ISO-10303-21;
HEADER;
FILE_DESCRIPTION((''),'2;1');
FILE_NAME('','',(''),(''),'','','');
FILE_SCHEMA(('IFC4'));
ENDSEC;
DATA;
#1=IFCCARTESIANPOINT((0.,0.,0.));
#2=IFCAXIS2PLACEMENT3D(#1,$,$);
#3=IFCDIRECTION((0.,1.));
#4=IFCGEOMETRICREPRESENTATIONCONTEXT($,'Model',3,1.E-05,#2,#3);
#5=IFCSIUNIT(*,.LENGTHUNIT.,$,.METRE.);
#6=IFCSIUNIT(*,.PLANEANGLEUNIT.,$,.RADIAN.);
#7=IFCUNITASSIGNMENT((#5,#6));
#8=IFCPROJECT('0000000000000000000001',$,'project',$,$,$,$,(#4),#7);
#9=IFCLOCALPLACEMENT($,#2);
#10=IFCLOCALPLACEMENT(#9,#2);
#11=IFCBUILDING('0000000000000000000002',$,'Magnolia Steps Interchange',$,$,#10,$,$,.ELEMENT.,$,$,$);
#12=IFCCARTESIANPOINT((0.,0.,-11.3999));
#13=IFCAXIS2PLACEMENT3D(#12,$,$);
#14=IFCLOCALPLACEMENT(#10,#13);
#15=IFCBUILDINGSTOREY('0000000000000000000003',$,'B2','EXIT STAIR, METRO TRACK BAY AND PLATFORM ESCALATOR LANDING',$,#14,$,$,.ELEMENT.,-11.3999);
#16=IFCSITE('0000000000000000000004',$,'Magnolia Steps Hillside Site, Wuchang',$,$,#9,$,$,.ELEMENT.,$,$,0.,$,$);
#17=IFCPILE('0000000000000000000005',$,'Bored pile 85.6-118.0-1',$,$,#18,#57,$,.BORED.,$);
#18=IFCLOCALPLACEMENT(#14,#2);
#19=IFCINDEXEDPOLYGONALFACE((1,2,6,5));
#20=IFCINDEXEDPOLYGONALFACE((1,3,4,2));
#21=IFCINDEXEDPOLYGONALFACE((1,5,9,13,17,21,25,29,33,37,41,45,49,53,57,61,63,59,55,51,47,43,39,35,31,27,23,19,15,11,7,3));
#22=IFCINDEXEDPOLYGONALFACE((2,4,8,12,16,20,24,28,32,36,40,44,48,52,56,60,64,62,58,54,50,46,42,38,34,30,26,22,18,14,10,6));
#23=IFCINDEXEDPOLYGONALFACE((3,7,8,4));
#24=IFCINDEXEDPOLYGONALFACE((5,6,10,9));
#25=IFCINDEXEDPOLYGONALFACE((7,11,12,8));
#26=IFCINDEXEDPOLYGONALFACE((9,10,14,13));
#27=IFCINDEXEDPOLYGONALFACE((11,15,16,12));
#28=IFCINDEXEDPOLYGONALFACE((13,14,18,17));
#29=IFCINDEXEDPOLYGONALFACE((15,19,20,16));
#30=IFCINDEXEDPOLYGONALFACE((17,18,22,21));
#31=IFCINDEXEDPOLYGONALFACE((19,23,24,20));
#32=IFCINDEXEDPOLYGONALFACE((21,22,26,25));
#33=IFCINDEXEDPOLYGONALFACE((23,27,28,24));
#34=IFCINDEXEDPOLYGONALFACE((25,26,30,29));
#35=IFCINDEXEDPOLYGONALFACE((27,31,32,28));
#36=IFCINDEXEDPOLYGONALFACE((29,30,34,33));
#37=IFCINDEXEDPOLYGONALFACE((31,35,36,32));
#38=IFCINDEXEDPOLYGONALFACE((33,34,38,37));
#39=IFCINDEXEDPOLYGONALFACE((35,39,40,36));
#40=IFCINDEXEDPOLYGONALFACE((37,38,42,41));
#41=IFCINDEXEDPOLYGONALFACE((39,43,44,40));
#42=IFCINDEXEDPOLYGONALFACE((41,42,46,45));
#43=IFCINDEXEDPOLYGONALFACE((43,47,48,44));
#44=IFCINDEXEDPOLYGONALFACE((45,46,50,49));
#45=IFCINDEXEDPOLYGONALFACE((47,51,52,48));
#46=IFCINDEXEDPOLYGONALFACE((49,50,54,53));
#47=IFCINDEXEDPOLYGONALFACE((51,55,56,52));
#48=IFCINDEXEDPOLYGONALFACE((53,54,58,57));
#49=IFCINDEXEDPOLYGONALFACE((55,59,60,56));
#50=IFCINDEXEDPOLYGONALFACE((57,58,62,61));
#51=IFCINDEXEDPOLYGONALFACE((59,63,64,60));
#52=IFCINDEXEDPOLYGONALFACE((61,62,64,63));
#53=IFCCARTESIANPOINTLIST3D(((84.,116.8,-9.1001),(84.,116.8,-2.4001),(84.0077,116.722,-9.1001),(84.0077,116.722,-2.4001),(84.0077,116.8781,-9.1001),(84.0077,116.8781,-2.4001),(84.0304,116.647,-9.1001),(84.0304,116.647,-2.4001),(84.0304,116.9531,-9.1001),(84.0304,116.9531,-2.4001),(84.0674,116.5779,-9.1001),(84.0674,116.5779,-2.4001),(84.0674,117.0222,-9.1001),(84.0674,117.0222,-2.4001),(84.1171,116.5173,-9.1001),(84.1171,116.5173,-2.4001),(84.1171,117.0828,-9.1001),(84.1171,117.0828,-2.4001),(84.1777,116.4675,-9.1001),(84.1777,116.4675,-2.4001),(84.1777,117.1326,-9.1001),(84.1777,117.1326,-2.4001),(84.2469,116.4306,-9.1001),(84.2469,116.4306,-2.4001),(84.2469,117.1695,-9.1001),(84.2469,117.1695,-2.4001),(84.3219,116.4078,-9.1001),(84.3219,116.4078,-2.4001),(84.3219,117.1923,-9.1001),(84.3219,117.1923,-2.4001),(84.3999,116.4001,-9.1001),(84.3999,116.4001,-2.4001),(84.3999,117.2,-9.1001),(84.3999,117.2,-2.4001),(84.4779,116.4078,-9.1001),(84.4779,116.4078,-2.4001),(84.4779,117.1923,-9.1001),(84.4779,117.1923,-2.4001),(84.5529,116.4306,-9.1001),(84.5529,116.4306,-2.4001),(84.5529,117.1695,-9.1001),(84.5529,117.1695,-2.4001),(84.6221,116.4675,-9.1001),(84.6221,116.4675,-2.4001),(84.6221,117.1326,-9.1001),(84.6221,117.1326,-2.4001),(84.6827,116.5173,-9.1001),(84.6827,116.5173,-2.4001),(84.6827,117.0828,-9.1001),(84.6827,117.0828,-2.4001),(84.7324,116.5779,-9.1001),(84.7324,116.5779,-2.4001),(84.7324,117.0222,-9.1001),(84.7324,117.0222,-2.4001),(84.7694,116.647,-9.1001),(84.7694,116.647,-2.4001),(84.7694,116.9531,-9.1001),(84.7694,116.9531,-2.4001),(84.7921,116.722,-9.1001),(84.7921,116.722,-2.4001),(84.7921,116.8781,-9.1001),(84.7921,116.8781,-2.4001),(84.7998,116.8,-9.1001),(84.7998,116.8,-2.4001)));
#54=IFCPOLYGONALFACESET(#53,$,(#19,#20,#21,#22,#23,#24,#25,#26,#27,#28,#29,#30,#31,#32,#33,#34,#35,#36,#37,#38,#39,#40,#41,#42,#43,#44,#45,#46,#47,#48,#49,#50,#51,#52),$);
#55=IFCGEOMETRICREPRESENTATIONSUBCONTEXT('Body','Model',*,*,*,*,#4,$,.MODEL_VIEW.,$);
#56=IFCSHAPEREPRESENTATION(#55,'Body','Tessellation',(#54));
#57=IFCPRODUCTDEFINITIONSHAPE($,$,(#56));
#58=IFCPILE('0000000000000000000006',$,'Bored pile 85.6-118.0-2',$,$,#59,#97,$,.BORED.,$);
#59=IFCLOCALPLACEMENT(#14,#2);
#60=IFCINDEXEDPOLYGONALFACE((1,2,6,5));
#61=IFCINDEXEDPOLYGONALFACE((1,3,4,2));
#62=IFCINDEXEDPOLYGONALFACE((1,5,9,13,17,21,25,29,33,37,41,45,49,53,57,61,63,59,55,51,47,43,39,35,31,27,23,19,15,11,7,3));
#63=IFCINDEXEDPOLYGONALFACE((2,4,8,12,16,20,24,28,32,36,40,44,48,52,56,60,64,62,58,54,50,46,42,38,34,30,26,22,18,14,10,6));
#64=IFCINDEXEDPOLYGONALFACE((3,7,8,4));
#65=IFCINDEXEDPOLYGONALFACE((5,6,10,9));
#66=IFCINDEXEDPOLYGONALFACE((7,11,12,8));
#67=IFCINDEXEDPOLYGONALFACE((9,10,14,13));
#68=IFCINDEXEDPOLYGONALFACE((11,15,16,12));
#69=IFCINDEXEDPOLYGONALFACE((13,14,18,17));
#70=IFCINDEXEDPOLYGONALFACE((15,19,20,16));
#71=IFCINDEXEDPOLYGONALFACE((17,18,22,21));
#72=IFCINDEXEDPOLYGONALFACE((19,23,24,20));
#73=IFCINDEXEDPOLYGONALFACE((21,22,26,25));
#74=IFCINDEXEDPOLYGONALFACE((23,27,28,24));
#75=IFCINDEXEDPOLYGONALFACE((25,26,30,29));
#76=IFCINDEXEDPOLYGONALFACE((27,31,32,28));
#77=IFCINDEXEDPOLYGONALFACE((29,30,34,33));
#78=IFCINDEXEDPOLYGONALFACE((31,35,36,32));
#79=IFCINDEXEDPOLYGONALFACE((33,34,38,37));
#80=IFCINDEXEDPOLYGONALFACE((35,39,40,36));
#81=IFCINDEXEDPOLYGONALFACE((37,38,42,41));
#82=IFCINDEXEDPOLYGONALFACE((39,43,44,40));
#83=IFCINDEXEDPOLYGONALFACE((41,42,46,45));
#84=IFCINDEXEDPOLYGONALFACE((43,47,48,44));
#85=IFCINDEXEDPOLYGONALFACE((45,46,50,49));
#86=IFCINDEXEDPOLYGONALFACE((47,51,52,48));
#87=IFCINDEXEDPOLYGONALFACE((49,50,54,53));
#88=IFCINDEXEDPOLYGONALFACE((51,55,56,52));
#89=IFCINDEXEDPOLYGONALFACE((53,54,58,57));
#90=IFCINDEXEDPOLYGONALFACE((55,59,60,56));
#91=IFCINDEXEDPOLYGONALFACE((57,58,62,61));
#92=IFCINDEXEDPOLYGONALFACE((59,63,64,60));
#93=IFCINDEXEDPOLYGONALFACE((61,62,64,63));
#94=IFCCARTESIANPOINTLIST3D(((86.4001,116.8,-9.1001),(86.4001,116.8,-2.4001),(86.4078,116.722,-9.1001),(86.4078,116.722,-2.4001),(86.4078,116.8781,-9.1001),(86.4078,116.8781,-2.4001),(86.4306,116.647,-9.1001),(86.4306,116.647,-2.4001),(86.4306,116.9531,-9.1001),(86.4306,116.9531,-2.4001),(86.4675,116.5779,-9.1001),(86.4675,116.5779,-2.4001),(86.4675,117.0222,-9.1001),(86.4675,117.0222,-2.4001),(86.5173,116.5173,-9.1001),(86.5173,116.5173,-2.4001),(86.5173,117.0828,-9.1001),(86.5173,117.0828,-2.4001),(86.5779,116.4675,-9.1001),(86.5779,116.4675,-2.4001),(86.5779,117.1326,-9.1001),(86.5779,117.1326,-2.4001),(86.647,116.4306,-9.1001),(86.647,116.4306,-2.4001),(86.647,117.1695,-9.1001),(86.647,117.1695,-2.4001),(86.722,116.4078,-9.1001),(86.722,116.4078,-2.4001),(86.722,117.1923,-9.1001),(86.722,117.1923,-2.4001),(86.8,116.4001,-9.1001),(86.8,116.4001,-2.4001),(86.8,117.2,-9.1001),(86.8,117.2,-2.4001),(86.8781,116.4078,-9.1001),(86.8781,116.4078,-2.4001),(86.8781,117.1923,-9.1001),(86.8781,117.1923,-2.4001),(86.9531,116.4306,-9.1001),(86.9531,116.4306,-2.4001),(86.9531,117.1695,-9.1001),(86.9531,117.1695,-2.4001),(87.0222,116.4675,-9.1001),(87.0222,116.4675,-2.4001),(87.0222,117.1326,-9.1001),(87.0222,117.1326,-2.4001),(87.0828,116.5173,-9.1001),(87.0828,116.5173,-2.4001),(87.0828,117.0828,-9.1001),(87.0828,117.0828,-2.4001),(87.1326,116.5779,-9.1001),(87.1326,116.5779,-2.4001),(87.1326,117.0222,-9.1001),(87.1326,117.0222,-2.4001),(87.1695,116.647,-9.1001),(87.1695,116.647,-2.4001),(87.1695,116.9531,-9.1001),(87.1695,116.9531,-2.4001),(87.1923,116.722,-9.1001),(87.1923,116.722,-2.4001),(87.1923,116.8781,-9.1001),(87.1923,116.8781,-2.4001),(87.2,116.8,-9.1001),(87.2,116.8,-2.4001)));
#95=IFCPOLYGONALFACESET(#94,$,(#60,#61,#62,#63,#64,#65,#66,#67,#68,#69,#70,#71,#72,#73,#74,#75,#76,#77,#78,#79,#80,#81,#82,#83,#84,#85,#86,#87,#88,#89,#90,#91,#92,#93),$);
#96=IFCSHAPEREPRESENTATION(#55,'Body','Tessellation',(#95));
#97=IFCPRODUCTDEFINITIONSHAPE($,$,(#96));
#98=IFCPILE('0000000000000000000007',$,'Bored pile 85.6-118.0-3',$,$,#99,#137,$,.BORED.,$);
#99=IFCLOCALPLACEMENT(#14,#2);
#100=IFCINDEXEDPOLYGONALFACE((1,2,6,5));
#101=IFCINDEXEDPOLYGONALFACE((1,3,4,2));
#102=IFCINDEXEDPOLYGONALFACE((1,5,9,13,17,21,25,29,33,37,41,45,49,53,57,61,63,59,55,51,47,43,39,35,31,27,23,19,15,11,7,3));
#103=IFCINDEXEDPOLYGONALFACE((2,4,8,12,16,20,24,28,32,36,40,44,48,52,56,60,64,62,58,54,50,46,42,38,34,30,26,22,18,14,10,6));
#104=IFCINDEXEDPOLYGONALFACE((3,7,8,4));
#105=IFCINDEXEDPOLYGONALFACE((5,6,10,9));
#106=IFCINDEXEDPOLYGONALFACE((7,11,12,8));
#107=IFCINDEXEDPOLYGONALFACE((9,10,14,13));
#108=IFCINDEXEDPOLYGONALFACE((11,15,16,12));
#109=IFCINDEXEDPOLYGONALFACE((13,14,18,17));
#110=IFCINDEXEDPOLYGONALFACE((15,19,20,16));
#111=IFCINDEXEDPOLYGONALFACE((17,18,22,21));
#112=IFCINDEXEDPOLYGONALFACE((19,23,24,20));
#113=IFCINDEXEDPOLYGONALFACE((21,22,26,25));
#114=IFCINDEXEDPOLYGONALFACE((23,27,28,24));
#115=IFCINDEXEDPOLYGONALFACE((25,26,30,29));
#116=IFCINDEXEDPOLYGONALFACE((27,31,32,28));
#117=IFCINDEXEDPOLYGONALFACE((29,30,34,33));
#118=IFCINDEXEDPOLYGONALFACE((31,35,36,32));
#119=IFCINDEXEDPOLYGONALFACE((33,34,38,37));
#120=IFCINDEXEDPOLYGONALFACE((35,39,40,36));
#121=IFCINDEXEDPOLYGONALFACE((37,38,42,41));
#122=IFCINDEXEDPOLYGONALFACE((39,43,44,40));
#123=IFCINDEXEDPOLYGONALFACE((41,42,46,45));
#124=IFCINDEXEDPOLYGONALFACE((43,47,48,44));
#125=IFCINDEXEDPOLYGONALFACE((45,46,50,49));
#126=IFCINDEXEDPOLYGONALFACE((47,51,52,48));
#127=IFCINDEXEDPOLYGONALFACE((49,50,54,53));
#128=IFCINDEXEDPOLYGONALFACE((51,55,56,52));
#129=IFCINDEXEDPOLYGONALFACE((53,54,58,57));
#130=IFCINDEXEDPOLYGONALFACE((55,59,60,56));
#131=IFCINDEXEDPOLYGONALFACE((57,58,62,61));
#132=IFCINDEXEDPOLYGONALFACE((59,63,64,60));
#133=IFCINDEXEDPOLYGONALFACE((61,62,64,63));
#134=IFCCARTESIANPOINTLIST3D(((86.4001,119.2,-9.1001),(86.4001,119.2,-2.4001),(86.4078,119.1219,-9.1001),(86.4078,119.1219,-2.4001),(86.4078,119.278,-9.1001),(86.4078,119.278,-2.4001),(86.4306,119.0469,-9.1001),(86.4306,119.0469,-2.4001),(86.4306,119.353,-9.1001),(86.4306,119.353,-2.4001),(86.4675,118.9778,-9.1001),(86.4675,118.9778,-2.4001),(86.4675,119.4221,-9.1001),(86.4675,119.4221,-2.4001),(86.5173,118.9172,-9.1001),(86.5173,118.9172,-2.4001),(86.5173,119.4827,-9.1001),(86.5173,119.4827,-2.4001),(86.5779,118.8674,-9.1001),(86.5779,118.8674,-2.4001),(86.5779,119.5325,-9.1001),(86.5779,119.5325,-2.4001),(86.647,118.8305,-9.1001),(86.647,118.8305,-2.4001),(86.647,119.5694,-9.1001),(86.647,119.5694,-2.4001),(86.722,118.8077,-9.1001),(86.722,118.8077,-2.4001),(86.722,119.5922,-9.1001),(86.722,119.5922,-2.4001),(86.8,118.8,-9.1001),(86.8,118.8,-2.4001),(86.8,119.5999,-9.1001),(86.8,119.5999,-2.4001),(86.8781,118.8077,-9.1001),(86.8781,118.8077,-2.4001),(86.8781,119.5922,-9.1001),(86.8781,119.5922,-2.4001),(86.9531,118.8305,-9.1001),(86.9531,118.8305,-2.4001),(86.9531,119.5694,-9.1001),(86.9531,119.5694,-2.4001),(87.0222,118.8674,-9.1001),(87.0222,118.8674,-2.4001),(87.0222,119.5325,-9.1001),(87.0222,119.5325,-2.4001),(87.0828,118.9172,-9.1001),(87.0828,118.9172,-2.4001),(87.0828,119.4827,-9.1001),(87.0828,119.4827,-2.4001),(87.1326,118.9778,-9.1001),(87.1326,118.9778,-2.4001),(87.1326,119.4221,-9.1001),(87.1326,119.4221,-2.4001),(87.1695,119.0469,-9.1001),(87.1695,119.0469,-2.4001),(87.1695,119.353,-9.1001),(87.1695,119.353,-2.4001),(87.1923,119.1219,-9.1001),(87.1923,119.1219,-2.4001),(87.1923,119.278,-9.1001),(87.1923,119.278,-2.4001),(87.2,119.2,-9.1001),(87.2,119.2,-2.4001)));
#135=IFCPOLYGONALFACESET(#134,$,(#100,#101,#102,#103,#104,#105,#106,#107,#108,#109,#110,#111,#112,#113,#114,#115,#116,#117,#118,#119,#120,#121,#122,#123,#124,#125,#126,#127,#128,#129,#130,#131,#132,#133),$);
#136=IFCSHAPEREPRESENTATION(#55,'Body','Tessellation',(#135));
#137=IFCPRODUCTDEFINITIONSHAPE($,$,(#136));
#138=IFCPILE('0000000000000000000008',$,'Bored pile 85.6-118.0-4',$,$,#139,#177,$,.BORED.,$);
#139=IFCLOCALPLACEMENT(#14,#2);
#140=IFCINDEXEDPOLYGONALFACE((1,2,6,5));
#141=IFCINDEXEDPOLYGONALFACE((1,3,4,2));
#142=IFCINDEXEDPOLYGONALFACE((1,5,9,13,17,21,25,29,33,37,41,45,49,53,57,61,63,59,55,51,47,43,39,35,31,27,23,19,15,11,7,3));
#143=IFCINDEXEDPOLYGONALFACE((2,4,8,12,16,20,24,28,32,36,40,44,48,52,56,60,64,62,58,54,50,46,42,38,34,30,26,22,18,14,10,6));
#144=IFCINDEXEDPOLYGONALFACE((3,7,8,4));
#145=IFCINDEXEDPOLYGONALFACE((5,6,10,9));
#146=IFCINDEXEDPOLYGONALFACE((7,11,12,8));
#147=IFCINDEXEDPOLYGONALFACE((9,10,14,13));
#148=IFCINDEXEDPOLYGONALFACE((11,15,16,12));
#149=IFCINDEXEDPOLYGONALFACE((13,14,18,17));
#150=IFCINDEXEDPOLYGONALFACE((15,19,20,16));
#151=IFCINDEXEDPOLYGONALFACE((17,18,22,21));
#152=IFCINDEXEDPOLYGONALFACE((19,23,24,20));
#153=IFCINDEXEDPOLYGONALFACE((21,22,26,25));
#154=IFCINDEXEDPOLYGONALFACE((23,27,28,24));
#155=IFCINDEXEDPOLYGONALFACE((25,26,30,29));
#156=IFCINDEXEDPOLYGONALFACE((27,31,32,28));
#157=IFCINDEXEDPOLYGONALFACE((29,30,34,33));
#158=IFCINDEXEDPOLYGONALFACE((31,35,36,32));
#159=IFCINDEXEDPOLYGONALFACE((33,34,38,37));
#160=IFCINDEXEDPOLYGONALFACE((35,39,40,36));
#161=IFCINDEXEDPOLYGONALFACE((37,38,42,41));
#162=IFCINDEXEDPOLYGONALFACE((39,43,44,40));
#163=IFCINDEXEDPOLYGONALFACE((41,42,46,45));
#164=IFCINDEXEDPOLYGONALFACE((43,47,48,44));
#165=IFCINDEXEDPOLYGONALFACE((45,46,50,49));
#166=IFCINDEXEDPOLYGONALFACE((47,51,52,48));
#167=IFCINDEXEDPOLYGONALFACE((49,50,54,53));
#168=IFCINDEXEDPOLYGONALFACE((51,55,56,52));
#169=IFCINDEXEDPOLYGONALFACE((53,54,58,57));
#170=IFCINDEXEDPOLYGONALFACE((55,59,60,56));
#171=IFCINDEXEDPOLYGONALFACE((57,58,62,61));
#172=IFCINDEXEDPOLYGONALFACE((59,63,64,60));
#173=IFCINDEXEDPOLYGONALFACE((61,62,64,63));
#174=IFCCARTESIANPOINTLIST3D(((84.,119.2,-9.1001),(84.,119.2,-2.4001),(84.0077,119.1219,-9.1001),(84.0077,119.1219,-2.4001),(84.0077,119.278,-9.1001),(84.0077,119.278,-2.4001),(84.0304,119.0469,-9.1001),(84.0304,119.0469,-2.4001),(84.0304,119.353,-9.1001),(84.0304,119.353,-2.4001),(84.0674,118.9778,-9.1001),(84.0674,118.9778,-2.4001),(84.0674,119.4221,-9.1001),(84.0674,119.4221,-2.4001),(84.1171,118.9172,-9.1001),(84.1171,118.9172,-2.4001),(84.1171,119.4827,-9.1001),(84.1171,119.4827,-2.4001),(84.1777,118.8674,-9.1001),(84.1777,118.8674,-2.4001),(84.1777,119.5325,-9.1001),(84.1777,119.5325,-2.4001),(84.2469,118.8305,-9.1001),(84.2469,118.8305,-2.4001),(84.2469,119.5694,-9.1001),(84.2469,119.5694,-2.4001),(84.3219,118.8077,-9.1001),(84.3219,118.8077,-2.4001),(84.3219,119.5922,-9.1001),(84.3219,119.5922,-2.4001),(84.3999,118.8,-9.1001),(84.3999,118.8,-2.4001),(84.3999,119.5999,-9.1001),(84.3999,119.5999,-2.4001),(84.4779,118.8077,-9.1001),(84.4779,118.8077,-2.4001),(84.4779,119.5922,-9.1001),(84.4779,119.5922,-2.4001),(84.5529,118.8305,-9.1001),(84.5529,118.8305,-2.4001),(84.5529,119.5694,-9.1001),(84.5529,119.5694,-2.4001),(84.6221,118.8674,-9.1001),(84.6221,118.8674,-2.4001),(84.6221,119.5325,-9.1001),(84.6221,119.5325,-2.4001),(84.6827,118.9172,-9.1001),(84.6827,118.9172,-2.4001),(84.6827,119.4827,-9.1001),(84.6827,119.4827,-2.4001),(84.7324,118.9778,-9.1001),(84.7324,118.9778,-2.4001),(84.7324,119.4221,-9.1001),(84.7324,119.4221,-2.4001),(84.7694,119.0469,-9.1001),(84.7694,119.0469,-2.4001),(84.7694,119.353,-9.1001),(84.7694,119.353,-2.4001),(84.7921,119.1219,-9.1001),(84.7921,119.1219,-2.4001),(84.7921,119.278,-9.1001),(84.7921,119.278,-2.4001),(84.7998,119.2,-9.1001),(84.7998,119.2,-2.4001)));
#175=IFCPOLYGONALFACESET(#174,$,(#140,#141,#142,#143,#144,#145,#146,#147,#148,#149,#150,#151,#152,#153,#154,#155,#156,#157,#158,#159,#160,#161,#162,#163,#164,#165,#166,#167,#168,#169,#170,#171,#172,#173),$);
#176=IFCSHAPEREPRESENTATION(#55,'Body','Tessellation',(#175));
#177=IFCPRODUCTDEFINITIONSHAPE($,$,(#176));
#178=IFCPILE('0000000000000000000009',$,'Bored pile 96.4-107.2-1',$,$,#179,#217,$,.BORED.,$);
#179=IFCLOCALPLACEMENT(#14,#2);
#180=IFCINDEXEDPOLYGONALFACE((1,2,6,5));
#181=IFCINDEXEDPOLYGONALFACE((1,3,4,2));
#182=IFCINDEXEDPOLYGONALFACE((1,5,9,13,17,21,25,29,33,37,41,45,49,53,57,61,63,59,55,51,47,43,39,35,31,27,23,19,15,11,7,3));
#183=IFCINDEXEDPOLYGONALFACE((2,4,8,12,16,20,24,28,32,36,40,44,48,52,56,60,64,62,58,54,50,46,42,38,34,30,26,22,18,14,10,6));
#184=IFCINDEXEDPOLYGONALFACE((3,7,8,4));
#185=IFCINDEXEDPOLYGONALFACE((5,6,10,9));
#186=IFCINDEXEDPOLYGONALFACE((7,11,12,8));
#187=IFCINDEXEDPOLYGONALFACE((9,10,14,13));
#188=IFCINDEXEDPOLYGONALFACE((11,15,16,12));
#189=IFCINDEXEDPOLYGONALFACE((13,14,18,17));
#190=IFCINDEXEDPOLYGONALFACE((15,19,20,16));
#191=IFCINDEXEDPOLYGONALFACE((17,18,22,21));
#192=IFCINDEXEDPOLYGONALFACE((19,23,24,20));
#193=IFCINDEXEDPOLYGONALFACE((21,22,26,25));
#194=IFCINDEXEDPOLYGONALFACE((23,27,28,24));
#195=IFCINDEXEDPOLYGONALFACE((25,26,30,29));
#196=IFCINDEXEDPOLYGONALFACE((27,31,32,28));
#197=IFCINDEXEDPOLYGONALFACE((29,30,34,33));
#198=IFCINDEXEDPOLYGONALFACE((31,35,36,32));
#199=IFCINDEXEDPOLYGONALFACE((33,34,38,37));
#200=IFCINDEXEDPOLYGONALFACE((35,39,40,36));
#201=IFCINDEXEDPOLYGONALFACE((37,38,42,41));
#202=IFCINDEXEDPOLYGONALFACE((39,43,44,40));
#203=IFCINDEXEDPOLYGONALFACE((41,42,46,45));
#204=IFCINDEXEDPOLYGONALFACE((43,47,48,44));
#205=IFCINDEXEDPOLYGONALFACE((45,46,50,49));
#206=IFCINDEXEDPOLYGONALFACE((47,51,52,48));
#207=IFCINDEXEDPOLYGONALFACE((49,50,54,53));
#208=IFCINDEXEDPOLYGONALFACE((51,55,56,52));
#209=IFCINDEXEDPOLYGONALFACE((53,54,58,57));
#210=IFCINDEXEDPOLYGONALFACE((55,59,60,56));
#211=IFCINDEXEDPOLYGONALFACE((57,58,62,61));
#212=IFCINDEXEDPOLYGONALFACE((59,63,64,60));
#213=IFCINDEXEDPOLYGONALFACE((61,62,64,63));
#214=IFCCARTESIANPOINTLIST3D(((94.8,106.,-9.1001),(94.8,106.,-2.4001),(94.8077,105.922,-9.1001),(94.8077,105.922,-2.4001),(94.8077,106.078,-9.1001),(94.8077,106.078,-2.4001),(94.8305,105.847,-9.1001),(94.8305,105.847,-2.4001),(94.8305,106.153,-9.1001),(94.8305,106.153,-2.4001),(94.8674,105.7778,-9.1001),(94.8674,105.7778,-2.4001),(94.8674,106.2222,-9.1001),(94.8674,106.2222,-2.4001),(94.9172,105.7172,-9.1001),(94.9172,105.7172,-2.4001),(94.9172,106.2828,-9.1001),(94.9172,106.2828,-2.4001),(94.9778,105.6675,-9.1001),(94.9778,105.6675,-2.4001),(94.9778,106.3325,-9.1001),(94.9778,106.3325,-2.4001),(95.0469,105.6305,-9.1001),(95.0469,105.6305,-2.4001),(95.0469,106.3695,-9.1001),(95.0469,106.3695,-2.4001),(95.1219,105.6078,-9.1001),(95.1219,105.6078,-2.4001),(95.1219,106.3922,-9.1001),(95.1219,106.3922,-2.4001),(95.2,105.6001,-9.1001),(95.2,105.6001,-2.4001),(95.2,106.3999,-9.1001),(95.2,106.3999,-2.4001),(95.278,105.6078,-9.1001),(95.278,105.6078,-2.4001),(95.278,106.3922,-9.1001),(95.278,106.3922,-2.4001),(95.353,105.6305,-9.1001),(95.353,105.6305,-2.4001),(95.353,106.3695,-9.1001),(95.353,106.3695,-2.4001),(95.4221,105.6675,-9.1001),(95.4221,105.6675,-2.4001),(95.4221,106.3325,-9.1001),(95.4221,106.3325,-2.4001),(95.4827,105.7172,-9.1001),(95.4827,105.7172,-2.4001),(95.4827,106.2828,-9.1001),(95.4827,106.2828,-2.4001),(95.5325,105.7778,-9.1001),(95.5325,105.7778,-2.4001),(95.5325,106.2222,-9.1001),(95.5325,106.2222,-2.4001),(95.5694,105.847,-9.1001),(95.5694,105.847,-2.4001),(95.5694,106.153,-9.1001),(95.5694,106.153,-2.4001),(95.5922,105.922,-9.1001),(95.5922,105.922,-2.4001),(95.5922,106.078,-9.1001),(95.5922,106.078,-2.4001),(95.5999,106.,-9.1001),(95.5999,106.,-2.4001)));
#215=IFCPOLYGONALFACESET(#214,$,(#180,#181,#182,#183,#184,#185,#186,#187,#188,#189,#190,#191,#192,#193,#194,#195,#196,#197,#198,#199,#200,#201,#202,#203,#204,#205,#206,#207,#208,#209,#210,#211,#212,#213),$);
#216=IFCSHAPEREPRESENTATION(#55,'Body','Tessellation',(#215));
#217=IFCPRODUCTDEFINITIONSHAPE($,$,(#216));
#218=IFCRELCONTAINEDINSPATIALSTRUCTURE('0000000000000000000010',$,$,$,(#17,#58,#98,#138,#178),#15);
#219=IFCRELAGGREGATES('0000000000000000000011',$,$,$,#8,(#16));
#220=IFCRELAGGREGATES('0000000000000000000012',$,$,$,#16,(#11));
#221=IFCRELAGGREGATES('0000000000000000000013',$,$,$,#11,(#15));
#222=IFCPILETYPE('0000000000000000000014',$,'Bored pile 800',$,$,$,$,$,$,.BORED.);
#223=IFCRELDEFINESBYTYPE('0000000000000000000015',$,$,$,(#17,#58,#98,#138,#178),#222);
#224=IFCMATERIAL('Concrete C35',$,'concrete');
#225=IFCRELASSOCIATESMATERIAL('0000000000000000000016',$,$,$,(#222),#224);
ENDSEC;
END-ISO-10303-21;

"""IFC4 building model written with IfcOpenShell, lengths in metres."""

from ifc_helpers import new_model, si_unit, direction, frame, origin, origin_2d, place, context, subcontext, project, spatial, circle, extrude, material, material_profile, profile_set, type_object, element, save


model = new_model("IFC4")

# Units and contexts
model_context = context("Model", 3, precision=1e-05, world=origin(), true_north=direction((0.0, 1.0)))
body_context = subcontext(model_context, "Body", "Model", "MODEL_VIEW")
ifc_project = project(units=[si_unit("LENGTHUNIT", "METRE"), si_unit("PLANEANGLEUNIT", "RADIAN")], contexts=[model_context])

# Site, building, storey
site_placement = place(None, origin())
site = spatial("IfcSite", under=ifc_project, at=site_placement, Name="Magnolia Steps Hillside Site, Wuchang", CompositionType="ELEMENT", RefElevation=0.0)
building_placement = place(site_placement, origin())
building = spatial("IfcBuilding", under=site, at=building_placement, Name="Magnolia Steps Interchange", CompositionType="ELEMENT")
storey_placement = place(building_placement, frame((0.0, 0.0, -11.3999)))
storey = spatial("IfcBuildingStorey", under=building, at=storey_placement, Name="B2", Description="EXIT STAIR, METRO TRACK BAY AND PLATFORM ESCALATOR LANDING", CompositionType="ELEMENT", Elevation=-11.3999)

# Piles
ifc_material_1 = material(Name="Concrete C35", Category="concrete")
ifc_material_profile_1 = material_profile(ifc_material_1, circle(Radius=0.3999, at=origin_2d()), Name="Bored pile 800")
ifc_profile_set_1 = profile_set([ifc_material_profile_1], Name="Concrete C35")
pile_type_1 = type_object("IfcPileType", Name="Bored pile 800", PredefinedType="BORED", material=ifc_profile_set_1)
for number, where, z_axis, x_axis, name in (
    (1, (84.3999, 116.8, -2.4001), (0.0, 0.0, -1.0), (1.0, 0.0, 0.0), "Bored pile 85.6-118.0-1"),
    (2, (86.8, 116.8, -2.4001), (0.0, 0.0, -1.0), (1.0, 0.0, 0.0), "Bored pile 85.6-118.0-2"),
    (3, (86.8, 119.2, -2.4001), (0.0, 0.0, -1.0), (1.0, 0.0, 0.0), "Bored pile 85.6-118.0-3"),
    (4, (84.3999, 119.2, -2.4001), (0.0, 0.0, -1.0), (1.0, 0.0, 0.0), "Bored pile 85.6-118.0-4"),
    (5, (95.2, 106.0, -2.4001), (0.0, 0.0, -1.0), (1.0, 0.0, 0.0), "Bored pile 96.4-107.2-1"),
):
    element("IfcPile", number, at=place(storey_placement, frame(where, z_axis=z_axis, x_axis=x_axis)), inside=storey, type_object=pile_type_1, Name=name, PredefinedType="BORED", context=body_context, shape_type="SweptSolid", body=[
        extrude(circle(Radius=0.3999, at=origin_2d()), origin(), (0.0, 0.0, 1.0), 6.7),
    ])

save(model, "model.ifc")
